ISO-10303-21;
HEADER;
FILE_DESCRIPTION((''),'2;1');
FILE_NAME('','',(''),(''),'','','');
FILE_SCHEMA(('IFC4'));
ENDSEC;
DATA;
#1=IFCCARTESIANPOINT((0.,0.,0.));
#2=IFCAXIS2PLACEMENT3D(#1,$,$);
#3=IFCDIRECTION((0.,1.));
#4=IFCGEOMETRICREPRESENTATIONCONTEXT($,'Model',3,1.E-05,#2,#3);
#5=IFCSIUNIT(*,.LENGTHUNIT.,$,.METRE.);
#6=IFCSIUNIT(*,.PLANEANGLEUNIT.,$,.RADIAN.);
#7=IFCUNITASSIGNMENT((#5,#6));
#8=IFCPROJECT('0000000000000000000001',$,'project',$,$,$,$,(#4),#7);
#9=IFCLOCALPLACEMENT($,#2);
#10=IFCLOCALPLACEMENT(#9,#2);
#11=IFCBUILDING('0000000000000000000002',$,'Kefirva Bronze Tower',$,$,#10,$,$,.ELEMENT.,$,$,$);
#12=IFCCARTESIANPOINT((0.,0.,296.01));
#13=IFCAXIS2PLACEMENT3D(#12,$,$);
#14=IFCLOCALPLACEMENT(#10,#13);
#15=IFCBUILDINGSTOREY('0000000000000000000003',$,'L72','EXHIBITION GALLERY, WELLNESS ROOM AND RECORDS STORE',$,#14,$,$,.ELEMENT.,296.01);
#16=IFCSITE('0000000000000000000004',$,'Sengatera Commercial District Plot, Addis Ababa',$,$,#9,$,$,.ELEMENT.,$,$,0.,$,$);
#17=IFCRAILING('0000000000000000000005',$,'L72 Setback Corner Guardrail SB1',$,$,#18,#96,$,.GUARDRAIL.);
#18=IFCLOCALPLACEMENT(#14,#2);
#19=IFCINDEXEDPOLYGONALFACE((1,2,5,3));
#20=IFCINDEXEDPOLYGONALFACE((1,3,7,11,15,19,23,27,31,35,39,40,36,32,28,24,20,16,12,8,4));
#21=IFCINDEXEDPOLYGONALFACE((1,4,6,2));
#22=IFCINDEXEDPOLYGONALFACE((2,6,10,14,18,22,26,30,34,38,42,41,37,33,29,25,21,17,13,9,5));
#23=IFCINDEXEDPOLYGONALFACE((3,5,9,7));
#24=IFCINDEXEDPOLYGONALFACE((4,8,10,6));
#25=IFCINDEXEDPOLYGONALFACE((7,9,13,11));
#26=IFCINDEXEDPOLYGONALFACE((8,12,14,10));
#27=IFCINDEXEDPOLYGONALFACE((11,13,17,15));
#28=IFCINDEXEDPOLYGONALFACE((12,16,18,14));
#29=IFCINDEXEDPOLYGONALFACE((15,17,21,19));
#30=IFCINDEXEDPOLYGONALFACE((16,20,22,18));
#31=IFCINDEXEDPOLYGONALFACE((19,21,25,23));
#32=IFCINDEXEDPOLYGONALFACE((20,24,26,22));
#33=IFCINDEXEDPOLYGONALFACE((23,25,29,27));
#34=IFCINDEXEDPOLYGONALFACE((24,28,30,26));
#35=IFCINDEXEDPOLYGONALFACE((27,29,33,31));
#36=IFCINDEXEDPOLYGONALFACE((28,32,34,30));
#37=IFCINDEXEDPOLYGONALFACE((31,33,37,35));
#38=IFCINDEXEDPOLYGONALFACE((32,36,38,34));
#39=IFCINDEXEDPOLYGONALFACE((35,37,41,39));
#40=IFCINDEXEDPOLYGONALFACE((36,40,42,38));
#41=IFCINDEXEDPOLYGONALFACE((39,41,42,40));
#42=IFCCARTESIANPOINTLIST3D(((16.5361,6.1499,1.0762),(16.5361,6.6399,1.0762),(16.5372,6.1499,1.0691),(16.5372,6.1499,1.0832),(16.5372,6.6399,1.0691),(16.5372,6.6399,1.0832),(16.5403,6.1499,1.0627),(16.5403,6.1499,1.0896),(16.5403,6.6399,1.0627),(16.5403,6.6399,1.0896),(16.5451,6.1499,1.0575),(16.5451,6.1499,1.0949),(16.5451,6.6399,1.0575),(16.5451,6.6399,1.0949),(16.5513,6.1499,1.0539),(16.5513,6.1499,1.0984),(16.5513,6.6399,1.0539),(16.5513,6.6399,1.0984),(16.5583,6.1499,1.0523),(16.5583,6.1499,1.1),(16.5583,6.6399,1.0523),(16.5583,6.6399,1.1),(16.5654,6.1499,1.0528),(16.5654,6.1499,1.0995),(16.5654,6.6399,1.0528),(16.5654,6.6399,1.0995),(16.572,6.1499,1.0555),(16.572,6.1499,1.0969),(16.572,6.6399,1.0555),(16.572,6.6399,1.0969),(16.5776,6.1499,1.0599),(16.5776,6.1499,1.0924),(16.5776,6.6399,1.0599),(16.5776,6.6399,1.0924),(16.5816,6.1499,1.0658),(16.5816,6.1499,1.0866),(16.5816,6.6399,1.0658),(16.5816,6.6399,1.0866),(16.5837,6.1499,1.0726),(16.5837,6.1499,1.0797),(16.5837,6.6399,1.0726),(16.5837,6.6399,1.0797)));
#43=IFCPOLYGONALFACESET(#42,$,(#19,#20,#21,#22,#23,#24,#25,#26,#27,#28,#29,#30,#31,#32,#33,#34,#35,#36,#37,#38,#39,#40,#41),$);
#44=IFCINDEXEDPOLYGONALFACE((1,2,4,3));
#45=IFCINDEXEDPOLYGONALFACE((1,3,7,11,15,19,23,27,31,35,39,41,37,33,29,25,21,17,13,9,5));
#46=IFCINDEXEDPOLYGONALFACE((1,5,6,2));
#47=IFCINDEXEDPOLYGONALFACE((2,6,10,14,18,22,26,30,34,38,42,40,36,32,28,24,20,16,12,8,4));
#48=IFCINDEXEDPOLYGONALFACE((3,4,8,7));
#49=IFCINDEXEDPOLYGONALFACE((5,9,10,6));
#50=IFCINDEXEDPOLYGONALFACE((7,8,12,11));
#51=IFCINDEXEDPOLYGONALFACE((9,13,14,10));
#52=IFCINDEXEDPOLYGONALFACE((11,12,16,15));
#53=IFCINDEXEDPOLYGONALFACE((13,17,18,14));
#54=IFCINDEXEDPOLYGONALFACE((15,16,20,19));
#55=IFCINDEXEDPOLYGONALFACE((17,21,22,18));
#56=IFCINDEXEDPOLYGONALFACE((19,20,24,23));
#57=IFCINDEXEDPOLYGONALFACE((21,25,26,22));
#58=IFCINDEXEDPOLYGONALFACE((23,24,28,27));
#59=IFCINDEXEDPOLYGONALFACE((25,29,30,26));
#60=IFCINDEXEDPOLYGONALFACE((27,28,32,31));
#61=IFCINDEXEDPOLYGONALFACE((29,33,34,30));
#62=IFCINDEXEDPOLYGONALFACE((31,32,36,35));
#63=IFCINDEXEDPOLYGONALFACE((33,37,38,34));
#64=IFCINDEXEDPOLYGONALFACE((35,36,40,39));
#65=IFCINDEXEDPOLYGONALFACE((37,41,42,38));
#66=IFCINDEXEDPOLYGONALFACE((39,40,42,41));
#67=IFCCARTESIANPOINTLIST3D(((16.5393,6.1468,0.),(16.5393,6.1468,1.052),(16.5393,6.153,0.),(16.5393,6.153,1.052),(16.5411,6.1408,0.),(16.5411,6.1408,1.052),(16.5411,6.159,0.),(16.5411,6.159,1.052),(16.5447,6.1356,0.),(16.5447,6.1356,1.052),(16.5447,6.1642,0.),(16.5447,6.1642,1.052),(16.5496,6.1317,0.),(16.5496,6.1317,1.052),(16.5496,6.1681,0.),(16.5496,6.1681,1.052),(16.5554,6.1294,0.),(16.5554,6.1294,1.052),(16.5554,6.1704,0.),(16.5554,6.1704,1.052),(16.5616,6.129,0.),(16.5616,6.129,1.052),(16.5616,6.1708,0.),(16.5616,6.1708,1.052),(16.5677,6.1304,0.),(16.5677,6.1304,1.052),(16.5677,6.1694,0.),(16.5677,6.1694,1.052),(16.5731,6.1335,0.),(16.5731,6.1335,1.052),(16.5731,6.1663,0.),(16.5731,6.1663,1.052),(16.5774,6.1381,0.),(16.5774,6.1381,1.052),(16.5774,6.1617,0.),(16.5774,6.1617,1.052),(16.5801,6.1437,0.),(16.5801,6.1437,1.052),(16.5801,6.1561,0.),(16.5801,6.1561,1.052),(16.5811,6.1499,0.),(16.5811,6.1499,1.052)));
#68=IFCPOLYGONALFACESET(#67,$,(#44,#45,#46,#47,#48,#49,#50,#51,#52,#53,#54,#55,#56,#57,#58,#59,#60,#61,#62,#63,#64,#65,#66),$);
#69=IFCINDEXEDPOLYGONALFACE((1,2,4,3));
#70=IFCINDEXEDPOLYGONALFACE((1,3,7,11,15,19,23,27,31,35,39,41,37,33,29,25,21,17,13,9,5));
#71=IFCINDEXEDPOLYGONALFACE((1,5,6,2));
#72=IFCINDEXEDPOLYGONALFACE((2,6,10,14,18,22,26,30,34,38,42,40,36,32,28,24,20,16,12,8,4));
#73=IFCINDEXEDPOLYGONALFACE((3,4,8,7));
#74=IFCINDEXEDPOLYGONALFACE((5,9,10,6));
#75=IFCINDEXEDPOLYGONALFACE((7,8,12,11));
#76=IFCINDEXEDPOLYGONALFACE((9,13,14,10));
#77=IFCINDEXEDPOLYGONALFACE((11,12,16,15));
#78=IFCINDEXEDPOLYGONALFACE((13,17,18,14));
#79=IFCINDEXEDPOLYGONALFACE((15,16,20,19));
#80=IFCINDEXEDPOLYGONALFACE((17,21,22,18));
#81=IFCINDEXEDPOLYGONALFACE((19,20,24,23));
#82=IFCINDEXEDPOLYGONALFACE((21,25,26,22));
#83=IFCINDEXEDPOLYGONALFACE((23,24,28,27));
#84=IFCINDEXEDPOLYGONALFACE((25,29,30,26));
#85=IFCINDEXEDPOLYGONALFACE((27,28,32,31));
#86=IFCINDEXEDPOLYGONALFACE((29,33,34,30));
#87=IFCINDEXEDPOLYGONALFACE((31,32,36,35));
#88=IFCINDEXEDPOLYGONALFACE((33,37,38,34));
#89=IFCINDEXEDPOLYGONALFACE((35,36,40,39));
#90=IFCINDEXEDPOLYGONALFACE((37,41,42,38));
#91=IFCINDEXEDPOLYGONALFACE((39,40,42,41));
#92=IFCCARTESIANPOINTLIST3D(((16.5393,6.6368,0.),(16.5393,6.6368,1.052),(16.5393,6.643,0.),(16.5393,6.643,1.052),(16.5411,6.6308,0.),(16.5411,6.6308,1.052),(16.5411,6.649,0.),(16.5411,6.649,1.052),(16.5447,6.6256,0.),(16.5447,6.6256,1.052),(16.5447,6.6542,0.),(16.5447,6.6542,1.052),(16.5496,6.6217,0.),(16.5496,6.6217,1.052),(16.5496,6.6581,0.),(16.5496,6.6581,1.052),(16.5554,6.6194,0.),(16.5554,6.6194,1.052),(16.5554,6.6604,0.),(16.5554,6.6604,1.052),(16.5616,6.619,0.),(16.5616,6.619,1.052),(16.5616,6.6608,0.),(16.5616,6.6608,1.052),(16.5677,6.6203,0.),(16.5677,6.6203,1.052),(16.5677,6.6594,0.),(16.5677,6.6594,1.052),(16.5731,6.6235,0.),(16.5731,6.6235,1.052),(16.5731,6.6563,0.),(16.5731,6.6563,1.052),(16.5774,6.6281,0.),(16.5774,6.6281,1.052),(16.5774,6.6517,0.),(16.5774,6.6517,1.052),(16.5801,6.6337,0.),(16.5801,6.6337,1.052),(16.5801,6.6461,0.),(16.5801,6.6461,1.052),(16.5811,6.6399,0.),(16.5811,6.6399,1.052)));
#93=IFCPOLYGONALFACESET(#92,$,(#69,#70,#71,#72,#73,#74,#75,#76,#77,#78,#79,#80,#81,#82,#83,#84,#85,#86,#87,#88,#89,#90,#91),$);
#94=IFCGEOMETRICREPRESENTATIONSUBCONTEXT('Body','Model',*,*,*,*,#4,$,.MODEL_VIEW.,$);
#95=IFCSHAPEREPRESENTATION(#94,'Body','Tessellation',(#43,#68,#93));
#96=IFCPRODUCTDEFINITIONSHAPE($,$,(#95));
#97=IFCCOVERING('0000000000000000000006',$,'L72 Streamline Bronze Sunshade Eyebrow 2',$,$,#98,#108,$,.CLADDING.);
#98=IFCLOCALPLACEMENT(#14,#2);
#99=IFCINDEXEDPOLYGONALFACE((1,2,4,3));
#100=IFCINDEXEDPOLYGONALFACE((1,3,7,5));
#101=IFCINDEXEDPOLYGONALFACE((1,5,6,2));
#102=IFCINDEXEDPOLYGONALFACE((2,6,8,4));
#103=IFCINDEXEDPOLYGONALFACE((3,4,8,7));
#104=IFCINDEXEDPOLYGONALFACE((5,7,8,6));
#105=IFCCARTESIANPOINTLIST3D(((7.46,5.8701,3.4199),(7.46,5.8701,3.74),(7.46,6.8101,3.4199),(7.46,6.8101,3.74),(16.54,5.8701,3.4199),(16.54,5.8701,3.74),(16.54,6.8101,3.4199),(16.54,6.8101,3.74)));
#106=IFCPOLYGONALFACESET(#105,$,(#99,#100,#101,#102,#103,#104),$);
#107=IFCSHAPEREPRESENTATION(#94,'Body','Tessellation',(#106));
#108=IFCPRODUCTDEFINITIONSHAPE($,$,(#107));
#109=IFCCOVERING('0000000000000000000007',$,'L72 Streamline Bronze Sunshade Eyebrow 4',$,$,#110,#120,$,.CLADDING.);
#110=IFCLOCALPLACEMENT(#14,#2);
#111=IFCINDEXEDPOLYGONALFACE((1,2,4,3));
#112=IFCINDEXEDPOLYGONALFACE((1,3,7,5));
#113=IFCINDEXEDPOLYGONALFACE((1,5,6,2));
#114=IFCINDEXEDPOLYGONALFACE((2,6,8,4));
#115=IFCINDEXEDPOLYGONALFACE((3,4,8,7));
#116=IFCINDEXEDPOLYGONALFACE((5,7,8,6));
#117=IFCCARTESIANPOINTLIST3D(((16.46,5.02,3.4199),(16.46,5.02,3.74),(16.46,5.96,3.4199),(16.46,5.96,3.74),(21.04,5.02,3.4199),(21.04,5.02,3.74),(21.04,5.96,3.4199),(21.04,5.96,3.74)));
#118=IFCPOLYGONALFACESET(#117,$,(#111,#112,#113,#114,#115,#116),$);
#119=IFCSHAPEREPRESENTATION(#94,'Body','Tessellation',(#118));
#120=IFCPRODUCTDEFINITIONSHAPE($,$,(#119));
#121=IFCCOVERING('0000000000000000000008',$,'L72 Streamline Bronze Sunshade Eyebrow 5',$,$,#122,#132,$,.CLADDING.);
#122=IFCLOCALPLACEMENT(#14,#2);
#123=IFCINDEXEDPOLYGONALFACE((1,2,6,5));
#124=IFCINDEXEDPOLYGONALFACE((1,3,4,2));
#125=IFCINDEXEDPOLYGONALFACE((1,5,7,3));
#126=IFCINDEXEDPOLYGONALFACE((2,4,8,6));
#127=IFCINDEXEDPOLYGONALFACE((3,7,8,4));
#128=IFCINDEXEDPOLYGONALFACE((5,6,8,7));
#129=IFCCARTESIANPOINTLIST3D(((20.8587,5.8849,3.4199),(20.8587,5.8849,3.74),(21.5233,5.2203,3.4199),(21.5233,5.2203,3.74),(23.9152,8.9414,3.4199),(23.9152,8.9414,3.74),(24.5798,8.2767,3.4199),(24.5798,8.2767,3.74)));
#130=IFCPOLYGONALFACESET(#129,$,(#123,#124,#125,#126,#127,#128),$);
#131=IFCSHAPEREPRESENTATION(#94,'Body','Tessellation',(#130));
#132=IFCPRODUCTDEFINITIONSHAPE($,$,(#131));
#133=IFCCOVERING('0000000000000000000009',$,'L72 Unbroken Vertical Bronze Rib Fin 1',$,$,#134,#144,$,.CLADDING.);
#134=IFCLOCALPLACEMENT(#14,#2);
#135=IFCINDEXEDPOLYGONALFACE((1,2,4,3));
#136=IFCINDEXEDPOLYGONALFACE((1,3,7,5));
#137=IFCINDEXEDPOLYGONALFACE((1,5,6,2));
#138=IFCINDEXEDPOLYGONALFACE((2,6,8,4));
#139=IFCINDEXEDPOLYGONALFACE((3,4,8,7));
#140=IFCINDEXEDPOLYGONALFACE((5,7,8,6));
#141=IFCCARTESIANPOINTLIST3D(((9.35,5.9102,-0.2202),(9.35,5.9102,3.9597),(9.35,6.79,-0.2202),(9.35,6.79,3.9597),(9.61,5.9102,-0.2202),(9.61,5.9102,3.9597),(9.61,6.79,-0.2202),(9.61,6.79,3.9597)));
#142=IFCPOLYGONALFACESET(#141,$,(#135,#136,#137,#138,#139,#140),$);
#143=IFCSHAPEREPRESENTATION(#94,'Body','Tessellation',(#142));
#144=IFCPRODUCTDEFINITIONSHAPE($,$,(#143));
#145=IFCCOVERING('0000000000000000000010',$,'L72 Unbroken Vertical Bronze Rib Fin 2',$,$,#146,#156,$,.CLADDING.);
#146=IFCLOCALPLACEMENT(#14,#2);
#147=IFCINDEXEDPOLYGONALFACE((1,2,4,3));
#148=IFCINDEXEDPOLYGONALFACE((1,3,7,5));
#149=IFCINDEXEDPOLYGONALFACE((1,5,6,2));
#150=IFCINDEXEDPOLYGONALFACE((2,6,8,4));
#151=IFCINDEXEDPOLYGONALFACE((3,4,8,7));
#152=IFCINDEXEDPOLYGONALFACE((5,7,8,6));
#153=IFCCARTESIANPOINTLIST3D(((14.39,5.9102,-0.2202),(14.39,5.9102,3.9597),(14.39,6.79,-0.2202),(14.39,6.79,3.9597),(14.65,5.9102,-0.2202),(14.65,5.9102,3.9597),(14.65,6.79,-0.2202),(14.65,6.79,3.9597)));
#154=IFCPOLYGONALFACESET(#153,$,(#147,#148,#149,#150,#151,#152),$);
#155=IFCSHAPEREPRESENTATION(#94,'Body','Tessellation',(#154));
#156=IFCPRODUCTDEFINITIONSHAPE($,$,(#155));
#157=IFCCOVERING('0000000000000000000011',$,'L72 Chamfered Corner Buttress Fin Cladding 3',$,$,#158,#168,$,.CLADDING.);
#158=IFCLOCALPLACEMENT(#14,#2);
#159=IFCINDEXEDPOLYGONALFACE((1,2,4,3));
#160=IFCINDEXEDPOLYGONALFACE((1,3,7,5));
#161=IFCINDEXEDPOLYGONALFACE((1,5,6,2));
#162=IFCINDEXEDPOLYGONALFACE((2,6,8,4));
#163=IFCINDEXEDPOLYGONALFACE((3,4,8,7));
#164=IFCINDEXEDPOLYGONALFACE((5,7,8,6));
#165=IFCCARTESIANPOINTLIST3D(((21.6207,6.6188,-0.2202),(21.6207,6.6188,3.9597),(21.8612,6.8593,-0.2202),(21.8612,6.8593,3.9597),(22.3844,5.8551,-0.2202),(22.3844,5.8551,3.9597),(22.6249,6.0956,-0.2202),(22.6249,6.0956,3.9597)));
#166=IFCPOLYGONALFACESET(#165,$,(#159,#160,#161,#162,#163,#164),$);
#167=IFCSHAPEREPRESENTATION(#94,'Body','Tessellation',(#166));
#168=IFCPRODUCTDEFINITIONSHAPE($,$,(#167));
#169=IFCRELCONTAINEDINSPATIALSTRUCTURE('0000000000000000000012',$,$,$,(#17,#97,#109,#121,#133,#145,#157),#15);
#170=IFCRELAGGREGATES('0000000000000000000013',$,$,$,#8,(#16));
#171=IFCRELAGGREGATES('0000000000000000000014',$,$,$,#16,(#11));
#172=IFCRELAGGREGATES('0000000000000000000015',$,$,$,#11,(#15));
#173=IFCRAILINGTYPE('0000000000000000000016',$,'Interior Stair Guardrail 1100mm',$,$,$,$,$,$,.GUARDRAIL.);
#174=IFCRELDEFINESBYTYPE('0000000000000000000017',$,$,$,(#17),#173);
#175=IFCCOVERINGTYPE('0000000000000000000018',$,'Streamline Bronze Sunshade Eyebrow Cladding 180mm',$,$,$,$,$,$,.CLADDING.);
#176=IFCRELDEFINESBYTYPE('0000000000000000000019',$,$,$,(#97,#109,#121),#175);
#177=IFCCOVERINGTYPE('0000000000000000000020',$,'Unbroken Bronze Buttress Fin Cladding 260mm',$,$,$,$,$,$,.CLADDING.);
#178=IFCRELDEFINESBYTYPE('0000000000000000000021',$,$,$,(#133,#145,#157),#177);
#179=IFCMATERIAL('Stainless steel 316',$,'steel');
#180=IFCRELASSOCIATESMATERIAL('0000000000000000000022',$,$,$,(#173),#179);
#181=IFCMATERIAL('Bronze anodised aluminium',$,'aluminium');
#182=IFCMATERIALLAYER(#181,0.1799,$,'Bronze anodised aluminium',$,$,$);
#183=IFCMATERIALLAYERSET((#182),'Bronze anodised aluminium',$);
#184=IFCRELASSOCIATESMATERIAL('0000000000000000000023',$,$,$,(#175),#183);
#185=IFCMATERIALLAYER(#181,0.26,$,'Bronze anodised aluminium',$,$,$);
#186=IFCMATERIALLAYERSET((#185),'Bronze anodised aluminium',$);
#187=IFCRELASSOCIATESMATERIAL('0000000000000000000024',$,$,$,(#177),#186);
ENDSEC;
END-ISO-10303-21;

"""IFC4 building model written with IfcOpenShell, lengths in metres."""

from ifc_helpers import new_model, si_unit, direction, frame, origin, origin_2d, place, context, subcontext, project, spatial, rectangle, circle, extrude, material, layer, layer_set, type_object, element, save


model = new_model("IFC4")

# Units and contexts
model_context = context("Model", 3, precision=1e-05, world=origin(), true_north=direction((0.0, 1.0)))
body_context = subcontext(model_context, "Body", "Model", "MODEL_VIEW")
ifc_project = project(units=[si_unit("LENGTHUNIT", "METRE"), si_unit("PLANEANGLEUNIT", "RADIAN")], contexts=[model_context])

# Site, building, storey
site_placement = place(None, origin())
site = spatial("IfcSite", under=ifc_project, at=site_placement, Name="Sengatera Commercial District Plot, Addis Ababa", CompositionType="ELEMENT", RefElevation=0.0)
building_placement = place(site_placement, origin())
building = spatial("IfcBuilding", under=site, at=building_placement, Name="Kefirva Bronze Tower", CompositionType="ELEMENT")
storey_placement = place(building_placement, frame((0.0, 0.0, 296.01)))
storey = spatial("IfcBuildingStorey", under=building, at=storey_placement, Name="L72", Description="EXHIBITION GALLERY, WELLNESS ROOM AND RECORDS STORE", CompositionType="ELEMENT", Elevation=296.01)

# Shared definitions
ifc_material_1 = material(Name="Bronze anodised aluminium", Category="aluminium")

# Railing
ifc_material_2 = material(Name="Stainless steel 316", Category="steel")
railing_type = type_object("IfcRailingType", Name="Interior Stair Guardrail 1100mm", PredefinedType="GUARDRAIL", material=ifc_material_2)
railing_placement = place(storey_placement, frame((16.5601, 6.1499, 0.0)))
element("IfcRailing", 1, at=railing_placement, inside=storey, type_object=railing_type, Name="L72 Setback Corner Guardrail SB1", PredefinedType="GUARDRAIL", context=body_context, shape_type="SweptSolid", body=[
    extrude(circle(Radius=0.0239, at=origin_2d()), frame((0.0, 0.0, 1.0762), z_axis=(0.0, 1.0, 0.0), x_axis=(-1.0, 0.0, 0.0)), (0.0, 0.0, 1.0), 0.49),
    extrude(circle(Radius=0.021, at=origin_2d()), origin(), (0.0, 0.0, 1.0), 1.052),
    extrude(circle(Radius=0.021, at=origin_2d()), frame((0.0, 0.49, 0.0)), (0.0, 0.0, 1.0), 1.052),
])

# Coverings
ifc_layer_1 = layer(ifc_material_1, 0.1799, Name="Bronze anodised aluminium")
ifc_layer_set_1 = layer_set([ifc_layer_1], Name="Bronze anodised aluminium")
covering_type_1 = type_object("IfcCoveringType", Name="Streamline Bronze Sunshade Eyebrow Cladding 180mm", PredefinedType="CLADDING", material=ifc_layer_set_1)
covering_1_placement = place(storey_placement, frame((12.0, 6.3401, 3.4199), z_axis=(0.0, 0.0, 1.0), x_axis=(1.0, 0.0, 0.0)))
element("IfcCovering", 2, at=covering_1_placement, inside=storey, type_object=covering_type_1, Name="L72 Streamline Bronze Sunshade Eyebrow 2", PredefinedType="CLADDING", context=body_context, shape_type="SweptSolid", body=[
    extrude(rectangle(XDim=9.0801, YDim=0.9399, at=origin_2d()), origin(), (0.0, 0.0, 1.0), 0.3201),
])
covering_2_placement = place(storey_placement, frame((18.75, 5.49, 3.4199), z_axis=(0.0, 0.0, 1.0), x_axis=(1.0, 0.0, 0.0)))
element("IfcCovering", 3, at=covering_2_placement, inside=storey, type_object=covering_type_1, Name="L72 Streamline Bronze Sunshade Eyebrow 4", PredefinedType="CLADDING", context=body_context, shape_type="SweptSolid", body=[
    extrude(rectangle(XDim=4.5801, YDim=0.9399, at=origin_2d()), origin(), (0.0, 0.0, 1.0), 0.3201),
])
covering_3_placement = place(storey_placement, frame((22.7192, 7.0808, 3.4199), z_axis=(0.0, 0.0, 1.0), x_axis=(0.707107, 0.707107, 0.0)))
element("IfcCovering", 4, at=covering_3_placement, inside=storey, type_object=covering_type_1, Name="L72 Streamline Bronze Sunshade Eyebrow 5", PredefinedType="CLADDING", context=body_context, shape_type="SweptSolid", body=[
    extrude(rectangle(XDim=4.3225, YDim=0.9399, at=origin_2d()), origin(), (0.0, 0.0, 1.0), 0.3201),
])
ifc_layer_2 = layer(ifc_material_1, 0.26, Name="Bronze anodised aluminium")
ifc_layer_set_2 = layer_set([ifc_layer_2], Name="Bronze anodised aluminium")
covering_type_2 = type_object("IfcCoveringType", Name="Unbroken Bronze Buttress Fin Cladding 260mm", PredefinedType="CLADDING", material=ifc_layer_set_2)
for number, where, z_axis, x_axis, name in (
    (5, (9.48, 6.3501, -0.2202), (0.0, 0.0, 1.0), (1.0, 0.0, 0.0), "L72 Unbroken Vertical Bronze Rib Fin 1"),
    (6, (14.52, 6.3501, -0.2202), (0.0, 0.0, 1.0), (1.0, 0.0, 0.0), "L72 Unbroken Vertical Bronze Rib Fin 2"),
):
    element("IfcCovering", number, at=place(storey_placement, frame(where, z_axis=z_axis, x_axis=x_axis)), inside=storey, type_object=covering_type_2, Name=name, PredefinedType="CLADDING", context=body_context, shape_type="SweptSolid", body=[
        extrude(rectangle(XDim=0.26, YDim=0.8799, at=origin_2d()), origin(), (0.0, 0.0, 1.0), 4.1799),
    ])
covering_4_placement = place(storey_placement, frame((22.1228, 6.3572, -0.2202), z_axis=(0.0, 0.0, 1.0), x_axis=(0.707107, 0.707107, 0.0)))
element("IfcCovering", 7, at=covering_4_placement, inside=storey, type_object=covering_type_2, Name="L72 Chamfered Corner Buttress Fin Cladding 3", PredefinedType="CLADDING", context=body_context, shape_type="SweptSolid", body=[
    extrude(rectangle(XDim=0.3401, YDim=1.0801, at=origin_2d()), origin(), (0.0, 0.0, 1.0), 4.1799),
])

save(model, "model.ifc")
